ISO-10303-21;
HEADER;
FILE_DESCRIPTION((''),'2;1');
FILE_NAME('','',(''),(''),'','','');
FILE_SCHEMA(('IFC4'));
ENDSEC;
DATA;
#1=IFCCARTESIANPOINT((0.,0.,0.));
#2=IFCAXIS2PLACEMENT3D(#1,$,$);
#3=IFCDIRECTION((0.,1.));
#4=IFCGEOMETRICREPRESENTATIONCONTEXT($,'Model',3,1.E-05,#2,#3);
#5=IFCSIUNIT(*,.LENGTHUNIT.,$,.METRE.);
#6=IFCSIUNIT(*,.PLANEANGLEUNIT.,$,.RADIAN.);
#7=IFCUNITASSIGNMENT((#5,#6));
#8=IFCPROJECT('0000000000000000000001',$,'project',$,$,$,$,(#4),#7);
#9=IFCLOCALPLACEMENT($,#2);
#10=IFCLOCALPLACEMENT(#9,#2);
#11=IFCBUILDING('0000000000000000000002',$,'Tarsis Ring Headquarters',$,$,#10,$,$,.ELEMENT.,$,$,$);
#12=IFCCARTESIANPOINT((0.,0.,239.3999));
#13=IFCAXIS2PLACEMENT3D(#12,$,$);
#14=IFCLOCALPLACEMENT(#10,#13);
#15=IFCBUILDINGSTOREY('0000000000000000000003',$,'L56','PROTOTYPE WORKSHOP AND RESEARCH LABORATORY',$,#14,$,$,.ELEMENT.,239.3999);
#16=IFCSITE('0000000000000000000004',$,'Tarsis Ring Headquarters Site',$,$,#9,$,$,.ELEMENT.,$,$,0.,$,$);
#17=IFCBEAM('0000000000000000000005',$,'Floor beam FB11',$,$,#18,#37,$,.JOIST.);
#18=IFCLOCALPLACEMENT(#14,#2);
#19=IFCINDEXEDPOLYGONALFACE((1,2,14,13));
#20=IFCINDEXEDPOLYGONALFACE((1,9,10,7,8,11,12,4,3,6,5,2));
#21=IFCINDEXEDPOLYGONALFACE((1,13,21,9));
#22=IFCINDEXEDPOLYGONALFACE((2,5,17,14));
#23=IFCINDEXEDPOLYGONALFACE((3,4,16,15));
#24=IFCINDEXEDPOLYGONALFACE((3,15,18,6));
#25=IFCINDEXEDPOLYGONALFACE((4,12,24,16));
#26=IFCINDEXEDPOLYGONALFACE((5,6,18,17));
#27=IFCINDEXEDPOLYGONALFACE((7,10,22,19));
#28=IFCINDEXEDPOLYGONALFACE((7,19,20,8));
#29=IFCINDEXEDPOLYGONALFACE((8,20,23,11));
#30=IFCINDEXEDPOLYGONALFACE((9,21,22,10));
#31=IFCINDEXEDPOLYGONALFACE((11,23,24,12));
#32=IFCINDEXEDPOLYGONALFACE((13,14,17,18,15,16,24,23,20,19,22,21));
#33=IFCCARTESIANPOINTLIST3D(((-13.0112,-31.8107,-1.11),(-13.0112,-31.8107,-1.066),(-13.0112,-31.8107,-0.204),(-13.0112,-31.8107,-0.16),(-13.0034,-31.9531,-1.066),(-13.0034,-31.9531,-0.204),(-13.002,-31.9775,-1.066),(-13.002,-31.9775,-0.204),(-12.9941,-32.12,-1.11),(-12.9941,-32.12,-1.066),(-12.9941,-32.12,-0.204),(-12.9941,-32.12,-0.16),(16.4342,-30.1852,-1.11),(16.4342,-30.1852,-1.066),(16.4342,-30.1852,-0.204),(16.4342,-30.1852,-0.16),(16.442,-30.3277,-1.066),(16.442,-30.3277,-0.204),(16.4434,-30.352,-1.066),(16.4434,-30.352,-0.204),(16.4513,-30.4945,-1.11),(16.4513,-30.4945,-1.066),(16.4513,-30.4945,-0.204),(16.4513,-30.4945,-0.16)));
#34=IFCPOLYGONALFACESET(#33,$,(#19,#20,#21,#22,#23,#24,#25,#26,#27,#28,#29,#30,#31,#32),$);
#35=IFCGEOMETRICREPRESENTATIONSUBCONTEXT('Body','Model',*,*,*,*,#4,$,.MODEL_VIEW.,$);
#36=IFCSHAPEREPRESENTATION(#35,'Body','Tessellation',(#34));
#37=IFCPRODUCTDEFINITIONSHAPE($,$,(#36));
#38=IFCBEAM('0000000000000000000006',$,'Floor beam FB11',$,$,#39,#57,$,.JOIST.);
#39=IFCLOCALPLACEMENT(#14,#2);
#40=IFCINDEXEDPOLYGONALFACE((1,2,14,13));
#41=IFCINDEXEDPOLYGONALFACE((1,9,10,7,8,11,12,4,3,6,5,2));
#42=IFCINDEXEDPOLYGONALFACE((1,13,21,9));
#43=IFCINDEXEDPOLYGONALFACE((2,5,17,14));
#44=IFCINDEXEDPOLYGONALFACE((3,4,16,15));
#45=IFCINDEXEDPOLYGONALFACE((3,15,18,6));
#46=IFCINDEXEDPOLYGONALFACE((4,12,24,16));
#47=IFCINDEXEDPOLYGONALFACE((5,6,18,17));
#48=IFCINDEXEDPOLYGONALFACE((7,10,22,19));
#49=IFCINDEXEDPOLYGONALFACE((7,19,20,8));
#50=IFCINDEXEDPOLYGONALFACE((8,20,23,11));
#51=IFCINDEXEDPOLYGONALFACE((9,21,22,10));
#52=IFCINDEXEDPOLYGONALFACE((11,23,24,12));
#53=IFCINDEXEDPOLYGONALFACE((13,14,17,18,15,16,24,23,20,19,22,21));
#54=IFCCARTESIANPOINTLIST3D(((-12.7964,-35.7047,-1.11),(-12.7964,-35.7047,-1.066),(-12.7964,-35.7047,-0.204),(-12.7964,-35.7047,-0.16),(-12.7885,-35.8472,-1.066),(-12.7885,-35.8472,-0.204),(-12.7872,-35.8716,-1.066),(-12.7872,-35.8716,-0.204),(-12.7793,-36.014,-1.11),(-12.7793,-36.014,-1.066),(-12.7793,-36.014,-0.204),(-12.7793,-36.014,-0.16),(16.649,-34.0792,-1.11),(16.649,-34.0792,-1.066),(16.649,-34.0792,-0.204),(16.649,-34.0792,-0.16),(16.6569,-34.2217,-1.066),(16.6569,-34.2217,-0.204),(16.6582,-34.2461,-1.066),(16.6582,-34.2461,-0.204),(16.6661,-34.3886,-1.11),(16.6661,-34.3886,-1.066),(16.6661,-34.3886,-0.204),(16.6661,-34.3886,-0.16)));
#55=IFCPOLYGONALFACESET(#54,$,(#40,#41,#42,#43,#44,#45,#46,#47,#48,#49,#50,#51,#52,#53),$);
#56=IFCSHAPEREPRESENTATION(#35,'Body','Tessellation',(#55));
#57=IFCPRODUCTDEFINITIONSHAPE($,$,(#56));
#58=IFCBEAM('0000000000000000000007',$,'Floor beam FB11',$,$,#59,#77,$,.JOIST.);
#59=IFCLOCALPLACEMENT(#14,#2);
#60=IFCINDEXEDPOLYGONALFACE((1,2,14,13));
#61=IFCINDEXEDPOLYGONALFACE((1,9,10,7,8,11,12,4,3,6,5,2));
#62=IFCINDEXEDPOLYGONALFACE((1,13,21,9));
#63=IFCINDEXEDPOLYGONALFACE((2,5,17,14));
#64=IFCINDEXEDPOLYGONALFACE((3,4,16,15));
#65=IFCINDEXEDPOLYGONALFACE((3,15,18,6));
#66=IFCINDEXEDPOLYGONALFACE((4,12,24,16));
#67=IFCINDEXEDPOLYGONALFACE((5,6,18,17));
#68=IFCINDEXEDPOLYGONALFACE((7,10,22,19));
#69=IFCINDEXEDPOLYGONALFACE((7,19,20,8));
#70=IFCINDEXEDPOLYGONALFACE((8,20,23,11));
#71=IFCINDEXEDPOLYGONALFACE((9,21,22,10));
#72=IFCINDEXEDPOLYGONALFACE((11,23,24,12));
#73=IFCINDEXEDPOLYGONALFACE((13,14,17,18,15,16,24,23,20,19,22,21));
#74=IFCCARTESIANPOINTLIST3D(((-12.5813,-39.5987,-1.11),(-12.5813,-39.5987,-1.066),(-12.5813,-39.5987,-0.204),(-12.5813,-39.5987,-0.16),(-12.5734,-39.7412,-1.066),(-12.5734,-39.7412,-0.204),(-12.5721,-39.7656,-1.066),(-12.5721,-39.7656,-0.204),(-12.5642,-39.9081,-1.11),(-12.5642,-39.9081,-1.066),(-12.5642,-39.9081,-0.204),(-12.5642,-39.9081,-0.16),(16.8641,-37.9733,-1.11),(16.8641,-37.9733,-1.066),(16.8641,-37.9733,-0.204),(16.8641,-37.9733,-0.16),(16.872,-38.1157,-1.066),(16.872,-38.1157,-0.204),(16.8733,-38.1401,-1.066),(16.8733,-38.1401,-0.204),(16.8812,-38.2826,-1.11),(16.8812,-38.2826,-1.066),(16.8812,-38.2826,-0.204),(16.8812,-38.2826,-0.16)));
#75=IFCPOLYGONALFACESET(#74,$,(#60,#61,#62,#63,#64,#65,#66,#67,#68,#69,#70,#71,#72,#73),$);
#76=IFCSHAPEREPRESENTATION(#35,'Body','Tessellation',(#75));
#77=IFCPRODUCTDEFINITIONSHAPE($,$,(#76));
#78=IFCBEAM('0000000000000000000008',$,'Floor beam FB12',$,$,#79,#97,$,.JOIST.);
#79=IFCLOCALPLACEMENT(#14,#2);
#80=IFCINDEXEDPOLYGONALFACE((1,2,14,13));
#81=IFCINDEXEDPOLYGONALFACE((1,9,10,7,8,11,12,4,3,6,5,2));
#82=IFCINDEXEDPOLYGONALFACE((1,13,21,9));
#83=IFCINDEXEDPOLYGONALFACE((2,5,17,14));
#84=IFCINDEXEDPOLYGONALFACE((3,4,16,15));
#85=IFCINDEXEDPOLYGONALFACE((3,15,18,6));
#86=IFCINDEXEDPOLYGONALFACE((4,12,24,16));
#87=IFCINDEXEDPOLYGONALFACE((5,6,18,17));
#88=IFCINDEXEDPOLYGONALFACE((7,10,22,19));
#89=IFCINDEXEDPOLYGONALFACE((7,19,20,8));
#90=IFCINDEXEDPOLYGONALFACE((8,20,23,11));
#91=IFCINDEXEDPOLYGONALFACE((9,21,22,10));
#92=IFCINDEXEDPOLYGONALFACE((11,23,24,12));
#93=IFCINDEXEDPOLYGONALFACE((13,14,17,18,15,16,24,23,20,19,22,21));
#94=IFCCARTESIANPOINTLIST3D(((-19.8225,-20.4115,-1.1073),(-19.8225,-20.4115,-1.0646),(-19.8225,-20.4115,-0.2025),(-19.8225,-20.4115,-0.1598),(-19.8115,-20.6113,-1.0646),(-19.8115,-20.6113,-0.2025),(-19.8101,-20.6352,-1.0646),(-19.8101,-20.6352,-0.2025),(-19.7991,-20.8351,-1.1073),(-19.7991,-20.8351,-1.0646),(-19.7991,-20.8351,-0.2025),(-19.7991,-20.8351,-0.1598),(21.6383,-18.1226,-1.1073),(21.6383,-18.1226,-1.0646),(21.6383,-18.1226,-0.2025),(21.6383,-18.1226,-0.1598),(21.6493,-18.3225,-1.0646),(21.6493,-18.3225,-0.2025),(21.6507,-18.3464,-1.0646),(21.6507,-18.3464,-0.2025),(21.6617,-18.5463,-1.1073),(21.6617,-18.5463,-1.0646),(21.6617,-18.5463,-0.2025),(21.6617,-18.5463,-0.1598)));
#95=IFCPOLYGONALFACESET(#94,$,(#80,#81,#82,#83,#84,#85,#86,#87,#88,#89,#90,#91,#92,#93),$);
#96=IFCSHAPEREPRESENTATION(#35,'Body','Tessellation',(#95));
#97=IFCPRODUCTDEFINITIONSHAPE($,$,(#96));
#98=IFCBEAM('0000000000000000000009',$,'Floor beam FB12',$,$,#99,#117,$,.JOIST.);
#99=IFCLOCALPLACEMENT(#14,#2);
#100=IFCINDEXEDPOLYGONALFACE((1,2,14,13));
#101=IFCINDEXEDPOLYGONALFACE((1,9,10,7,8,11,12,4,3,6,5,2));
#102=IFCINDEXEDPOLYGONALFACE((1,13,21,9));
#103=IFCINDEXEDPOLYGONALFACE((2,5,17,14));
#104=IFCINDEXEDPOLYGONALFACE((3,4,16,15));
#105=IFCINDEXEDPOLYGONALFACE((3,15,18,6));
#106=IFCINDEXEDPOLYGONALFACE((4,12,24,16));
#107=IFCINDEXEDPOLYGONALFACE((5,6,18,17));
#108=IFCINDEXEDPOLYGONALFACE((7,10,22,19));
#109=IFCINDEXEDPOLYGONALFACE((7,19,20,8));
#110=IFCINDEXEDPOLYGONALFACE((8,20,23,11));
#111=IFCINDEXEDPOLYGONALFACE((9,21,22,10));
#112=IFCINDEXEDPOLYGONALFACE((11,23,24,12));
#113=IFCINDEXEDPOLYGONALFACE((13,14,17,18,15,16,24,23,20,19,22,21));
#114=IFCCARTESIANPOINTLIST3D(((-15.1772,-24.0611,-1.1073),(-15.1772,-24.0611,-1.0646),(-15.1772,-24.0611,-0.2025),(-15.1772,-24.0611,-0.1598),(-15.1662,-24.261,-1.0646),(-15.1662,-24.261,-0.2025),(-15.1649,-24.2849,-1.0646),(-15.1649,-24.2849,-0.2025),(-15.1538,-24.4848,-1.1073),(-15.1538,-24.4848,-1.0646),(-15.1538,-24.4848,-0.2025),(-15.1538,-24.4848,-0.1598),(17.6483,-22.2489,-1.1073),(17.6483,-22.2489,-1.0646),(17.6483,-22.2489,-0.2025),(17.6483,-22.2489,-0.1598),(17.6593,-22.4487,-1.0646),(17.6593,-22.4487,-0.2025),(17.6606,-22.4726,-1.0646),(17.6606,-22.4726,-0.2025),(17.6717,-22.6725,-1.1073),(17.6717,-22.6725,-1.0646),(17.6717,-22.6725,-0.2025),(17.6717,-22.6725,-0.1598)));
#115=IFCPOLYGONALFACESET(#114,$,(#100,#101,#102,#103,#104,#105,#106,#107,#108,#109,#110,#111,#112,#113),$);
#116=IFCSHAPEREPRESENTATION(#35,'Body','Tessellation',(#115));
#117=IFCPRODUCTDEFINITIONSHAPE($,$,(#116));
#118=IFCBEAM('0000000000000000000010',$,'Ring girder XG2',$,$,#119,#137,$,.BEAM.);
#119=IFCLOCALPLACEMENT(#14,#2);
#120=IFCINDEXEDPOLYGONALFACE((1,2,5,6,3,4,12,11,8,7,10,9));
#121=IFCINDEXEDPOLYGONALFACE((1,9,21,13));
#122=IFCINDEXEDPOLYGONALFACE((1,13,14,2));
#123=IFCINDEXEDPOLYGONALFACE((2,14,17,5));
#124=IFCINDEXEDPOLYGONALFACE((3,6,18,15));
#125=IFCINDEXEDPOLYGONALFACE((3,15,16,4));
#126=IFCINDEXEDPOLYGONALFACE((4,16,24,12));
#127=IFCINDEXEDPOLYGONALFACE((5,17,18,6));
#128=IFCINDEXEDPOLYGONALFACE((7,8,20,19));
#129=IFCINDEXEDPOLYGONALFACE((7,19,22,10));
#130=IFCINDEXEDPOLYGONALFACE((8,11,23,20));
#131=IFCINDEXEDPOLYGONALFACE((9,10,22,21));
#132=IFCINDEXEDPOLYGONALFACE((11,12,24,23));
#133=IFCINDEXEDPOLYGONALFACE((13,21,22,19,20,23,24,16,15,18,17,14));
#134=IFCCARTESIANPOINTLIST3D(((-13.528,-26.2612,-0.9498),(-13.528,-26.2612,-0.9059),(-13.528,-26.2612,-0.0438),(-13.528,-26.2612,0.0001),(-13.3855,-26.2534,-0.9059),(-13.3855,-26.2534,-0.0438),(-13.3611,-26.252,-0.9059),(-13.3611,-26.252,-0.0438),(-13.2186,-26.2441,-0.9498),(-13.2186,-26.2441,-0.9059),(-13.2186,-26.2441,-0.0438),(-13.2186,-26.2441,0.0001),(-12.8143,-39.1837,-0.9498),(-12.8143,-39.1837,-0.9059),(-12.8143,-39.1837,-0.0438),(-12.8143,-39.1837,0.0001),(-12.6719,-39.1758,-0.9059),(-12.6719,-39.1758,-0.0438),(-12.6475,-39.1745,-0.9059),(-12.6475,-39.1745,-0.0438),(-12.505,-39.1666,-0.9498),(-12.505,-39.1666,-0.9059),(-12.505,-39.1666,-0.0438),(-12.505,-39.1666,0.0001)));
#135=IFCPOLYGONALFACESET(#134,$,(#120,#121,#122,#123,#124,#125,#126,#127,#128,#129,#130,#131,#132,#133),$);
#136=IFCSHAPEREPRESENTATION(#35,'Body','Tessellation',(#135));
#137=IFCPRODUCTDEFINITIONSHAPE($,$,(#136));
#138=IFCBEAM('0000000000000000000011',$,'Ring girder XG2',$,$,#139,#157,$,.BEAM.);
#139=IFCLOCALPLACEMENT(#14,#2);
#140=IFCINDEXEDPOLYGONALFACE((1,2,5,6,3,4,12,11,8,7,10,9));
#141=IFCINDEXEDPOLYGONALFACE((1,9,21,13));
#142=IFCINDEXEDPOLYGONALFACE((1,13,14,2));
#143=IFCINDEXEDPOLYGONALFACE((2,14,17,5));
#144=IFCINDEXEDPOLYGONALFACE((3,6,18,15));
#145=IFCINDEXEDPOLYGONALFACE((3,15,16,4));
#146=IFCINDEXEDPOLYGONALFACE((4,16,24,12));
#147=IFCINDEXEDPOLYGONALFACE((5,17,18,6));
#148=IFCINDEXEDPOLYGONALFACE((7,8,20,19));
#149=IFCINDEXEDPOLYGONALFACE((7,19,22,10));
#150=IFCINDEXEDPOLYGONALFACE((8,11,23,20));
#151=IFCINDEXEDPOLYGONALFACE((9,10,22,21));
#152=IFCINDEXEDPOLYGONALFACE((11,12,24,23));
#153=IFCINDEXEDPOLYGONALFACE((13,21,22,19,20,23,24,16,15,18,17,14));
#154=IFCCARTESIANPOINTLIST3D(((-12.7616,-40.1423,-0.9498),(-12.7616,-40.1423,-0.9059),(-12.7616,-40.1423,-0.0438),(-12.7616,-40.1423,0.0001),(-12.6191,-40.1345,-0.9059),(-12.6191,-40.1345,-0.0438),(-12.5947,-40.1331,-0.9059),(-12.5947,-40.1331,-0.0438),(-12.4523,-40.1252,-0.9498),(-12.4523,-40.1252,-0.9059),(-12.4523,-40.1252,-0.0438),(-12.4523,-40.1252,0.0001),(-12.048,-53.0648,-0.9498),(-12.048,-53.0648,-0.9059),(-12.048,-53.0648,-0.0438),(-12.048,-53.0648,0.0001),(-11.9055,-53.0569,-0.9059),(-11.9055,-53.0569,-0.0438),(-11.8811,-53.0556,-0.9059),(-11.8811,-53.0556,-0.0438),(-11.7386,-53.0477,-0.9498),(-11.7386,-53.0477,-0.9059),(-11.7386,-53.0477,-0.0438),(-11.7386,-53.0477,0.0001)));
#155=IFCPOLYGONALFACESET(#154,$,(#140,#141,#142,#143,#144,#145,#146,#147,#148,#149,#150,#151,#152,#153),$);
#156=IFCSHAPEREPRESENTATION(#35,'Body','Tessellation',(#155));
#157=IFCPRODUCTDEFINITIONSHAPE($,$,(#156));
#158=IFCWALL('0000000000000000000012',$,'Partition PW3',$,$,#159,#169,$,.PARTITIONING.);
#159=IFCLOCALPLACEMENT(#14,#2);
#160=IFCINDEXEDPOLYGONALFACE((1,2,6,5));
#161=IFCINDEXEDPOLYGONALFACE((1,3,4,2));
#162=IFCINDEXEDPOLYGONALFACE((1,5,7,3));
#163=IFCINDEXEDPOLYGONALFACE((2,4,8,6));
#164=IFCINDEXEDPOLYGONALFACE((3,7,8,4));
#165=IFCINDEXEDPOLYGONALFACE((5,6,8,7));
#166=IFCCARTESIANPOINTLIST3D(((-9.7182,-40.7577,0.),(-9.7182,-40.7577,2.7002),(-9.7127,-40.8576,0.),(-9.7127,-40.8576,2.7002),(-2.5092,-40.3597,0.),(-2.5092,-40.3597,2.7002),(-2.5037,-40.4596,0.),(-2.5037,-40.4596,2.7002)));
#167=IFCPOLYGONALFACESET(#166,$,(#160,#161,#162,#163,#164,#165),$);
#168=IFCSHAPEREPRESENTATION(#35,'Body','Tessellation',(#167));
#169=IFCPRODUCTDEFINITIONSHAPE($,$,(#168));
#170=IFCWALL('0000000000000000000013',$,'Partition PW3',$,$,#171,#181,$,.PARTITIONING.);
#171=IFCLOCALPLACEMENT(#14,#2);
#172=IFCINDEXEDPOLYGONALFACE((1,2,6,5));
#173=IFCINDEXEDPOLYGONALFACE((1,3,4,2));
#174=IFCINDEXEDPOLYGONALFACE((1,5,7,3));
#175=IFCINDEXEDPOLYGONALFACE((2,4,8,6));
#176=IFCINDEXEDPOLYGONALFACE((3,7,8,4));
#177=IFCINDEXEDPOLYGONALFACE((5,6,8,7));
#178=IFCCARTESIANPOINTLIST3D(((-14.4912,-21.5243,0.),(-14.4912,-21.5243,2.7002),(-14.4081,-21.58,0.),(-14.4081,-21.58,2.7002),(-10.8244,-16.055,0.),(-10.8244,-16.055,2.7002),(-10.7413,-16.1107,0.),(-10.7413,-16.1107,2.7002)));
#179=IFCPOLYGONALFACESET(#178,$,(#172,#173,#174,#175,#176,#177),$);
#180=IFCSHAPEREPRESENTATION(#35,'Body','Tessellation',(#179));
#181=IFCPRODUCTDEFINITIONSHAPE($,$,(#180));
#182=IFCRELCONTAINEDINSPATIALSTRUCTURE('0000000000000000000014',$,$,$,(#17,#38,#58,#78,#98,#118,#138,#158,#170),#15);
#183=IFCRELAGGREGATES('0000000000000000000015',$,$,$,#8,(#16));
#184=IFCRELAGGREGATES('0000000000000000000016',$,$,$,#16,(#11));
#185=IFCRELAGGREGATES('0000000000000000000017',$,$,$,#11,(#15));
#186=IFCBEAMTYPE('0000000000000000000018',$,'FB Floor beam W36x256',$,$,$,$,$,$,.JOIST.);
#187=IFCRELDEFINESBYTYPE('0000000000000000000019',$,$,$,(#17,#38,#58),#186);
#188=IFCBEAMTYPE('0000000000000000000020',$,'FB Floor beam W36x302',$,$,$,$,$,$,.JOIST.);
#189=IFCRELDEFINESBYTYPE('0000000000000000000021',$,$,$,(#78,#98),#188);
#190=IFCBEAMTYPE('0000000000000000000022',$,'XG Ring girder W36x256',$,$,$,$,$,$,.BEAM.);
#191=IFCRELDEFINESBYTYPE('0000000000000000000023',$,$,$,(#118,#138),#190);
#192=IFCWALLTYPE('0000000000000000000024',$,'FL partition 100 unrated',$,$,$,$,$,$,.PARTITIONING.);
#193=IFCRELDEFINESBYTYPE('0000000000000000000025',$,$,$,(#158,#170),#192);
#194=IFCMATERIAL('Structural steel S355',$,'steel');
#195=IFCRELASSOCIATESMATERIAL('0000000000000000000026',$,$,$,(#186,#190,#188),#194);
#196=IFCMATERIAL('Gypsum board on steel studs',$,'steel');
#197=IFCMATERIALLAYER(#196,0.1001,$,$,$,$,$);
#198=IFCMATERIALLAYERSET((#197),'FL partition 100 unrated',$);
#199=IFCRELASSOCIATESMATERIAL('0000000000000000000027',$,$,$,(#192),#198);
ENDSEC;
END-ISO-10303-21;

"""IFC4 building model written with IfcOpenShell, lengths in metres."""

from ifc_helpers import new_model, si_unit, direction, frame, frame_2d, origin, origin_2d, place, context, subcontext, project, spatial, rectangle, i_section, extrude, material, layer, layer_set, material_profile, profile_set, type_object, element, save


model = new_model("IFC4")

# Units and contexts
model_context = context("Model", 3, precision=1e-05, world=origin(), true_north=direction((0.0, 1.0)))
body_context = subcontext(model_context, "Body", "Model", "MODEL_VIEW")
ifc_project = project(units=[si_unit("LENGTHUNIT", "METRE"), si_unit("PLANEANGLEUNIT", "RADIAN")], contexts=[model_context])

# Site, building, storey
site_placement = place(None, origin())
site = spatial("IfcSite", under=ifc_project, at=site_placement, Name="Tarsis Ring Headquarters Site", CompositionType="ELEMENT", RefElevation=0.0)
building_placement = place(site_placement, origin())
building = spatial("IfcBuilding", under=site, at=building_placement, Name="Tarsis Ring Headquarters", CompositionType="ELEMENT")
storey_placement = place(building_placement, frame((0.0, 0.0, 239.3999)))
storey = spatial("IfcBuildingStorey", under=building, at=storey_placement, Name="L56", Description="PROTOTYPE WORKSHOP AND RESEARCH LABORATORY", CompositionType="ELEMENT", Elevation=239.3999)

# Shared definitions
ifc_material_1 = material(Name="Structural steel S355", Category="steel")

# Beams
ifc_material_profile_1 = material_profile(ifc_material_1, i_section(OverallWidth=0.3098, OverallDepth=0.95, WebThickness=0.0244, FlangeThickness=0.0439, at=origin_2d()), Name="W36x256")
ifc_profile_set_1 = profile_set([ifc_material_profile_1], Name="Structural steel S355")
beam_type_1 = type_object("IfcBeamType", Name="FB Floor beam W36x256", PredefinedType="JOIST", material=ifc_profile_set_1)
for number, where, z_axis, x_axis, name in (
    (1, (-13.0027, -31.9653, -0.635), (0.99848, 0.05512, 0.0), (-0.05512, 0.99848, 0.0), "Floor beam FB11"),
    (2, (-12.7878, -35.8594, -0.635), (0.99848, 0.05512, 0.0), (-0.05512, 0.99848, 0.0), "Floor beam FB11"),
    (3, (-12.5728, -39.7534, -0.635), (0.99848, 0.05512, 0.0), (-0.05512, 0.99848, 0.0), "Floor beam FB11"),
):
    element("IfcBeam", number, at=place(storey_placement, frame(where, z_axis=z_axis, x_axis=x_axis)), inside=storey, type_object=beam_type_1, Name=name, PredefinedType="JOIST", context=body_context, shape_type="SweptSolid", body=[
        extrude(i_section(OverallWidth=0.3098, OverallDepth=0.95, WebThickness=0.0244, FlangeThickness=0.0439, at=origin_2d()), origin(), (0.0, 0.0, 1.0), 29.4902),
    ])
ifc_material_profile_2 = material_profile(ifc_material_1, i_section(OverallWidth=0.4243, OverallDepth=0.9475, WebThickness=0.0239, FlangeThickness=0.0427, at=origin_2d()), Name="W36x302")
ifc_profile_set_2 = profile_set([ifc_material_profile_2], Name="Structural steel S355")
beam_type_2 = type_object("IfcBeamType", Name="FB Floor beam W36x302", PredefinedType="JOIST", material=ifc_profile_set_2)
beam_1_placement = place(storey_placement, frame((-19.8108, -20.6233, -0.6335), z_axis=(0.99848, 0.055121, 0.0), x_axis=(-0.055121, 0.99848, 0.0)))
element("IfcBeam", 4, at=beam_1_placement, inside=storey, type_object=beam_type_2, Name="Floor beam FB12", PredefinedType="JOIST", context=body_context, shape_type="SweptSolid", body=[
    extrude(i_section(OverallWidth=0.4243, OverallDepth=0.9475, WebThickness=0.0239, FlangeThickness=0.0427, at=origin_2d()), origin(), (0.0, 0.0, 1.0), 41.5239),
])
beam_2_placement = place(storey_placement, frame((-15.1655, -24.2729, -0.6335), z_axis=(0.998479, 0.055125, 0.0), x_axis=(-0.055125, 0.998479, 0.0)))
element("IfcBeam", 5, at=beam_2_placement, inside=storey, type_object=beam_type_2, Name="Floor beam FB12", PredefinedType="JOIST", context=body_context, shape_type="SweptSolid", body=[
    extrude(i_section(OverallWidth=0.4243, OverallDepth=0.9475, WebThickness=0.0239, FlangeThickness=0.0427, at=origin_2d()), origin(), (0.0, 0.0, 1.0), 32.8755),
])
beam_type_3 = type_object("IfcBeamType", Name="XG Ring girder W36x256", PredefinedType="BEAM", material=ifc_profile_set_1)
for number, where, z_axis, x_axis, name in (
    (6, (-13.3733, -26.2527, -0.4749), (0.05514, -0.998479, 0.0), (0.998479, 0.05514, 0.0), "Ring girder XG2"),
    (7, (-12.6069, -40.1338, -0.4749), (0.05514, -0.998479, 0.0), (0.998479, 0.05514, 0.0), "Ring girder XG2"),
):
    element("IfcBeam", number, at=place(storey_placement, frame(where, z_axis=z_axis, x_axis=x_axis)), inside=storey, type_object=beam_type_3, Name=name, PredefinedType="BEAM", context=body_context, shape_type="SweptSolid", body=[
        extrude(i_section(OverallWidth=0.3098, OverallDepth=0.95, WebThickness=0.0244, FlangeThickness=0.0439, at=origin_2d()), origin(), (0.0, 0.0, 1.0), 12.9421),
    ])

# Walls
ifc_material_2 = material(Name="Gypsum board on steel studs", Category="steel")
ifc_layer_1 = layer(ifc_material_2, 0.1001)
ifc_layer_set_1 = layer_set([ifc_layer_1], Name="FL partition 100 unrated")
wall_type_1 = type_object("IfcWallType", Name="FL partition 100 unrated", PredefinedType="PARTITIONING", material=ifc_layer_set_1)
wall_1_placement = place(storey_placement, frame((-9.7153, -40.8076, 0.0), z_axis=(0.0, 0.0, 1.0), x_axis=(0.99848, 0.055118, 0.0)))
element("IfcWall", 8, at=wall_1_placement, inside=storey, type_object=wall_type_1, Name="Partition PW3", PredefinedType="PARTITIONING", context=body_context, shape_type="SweptSolid", body=[
    extrude(rectangle(XDim=7.22, YDim=0.1001, at=frame_2d((3.6099, 0.0))), origin(), (0.0, 0.0, 1.0), 2.7002),
])
wall_2_placement = place(storey_placement, frame((-14.4497, -21.5522, 0.0), z_axis=(0.0, 0.0, 1.0), x_axis=(0.556863, 0.830604, 0.0)))
element("IfcWall", 9, at=wall_2_placement, inside=storey, type_object=wall_type_1, Name="Partition PW3", PredefinedType="PARTITIONING", context=body_context, shape_type="SweptSolid", body=[
    extrude(rectangle(XDim=6.5847, YDim=0.1001, at=frame_2d((3.2925, 0.0))), origin(), (0.0, 0.0, 1.0), 2.7002),
])

save(model, "model.ifc")
